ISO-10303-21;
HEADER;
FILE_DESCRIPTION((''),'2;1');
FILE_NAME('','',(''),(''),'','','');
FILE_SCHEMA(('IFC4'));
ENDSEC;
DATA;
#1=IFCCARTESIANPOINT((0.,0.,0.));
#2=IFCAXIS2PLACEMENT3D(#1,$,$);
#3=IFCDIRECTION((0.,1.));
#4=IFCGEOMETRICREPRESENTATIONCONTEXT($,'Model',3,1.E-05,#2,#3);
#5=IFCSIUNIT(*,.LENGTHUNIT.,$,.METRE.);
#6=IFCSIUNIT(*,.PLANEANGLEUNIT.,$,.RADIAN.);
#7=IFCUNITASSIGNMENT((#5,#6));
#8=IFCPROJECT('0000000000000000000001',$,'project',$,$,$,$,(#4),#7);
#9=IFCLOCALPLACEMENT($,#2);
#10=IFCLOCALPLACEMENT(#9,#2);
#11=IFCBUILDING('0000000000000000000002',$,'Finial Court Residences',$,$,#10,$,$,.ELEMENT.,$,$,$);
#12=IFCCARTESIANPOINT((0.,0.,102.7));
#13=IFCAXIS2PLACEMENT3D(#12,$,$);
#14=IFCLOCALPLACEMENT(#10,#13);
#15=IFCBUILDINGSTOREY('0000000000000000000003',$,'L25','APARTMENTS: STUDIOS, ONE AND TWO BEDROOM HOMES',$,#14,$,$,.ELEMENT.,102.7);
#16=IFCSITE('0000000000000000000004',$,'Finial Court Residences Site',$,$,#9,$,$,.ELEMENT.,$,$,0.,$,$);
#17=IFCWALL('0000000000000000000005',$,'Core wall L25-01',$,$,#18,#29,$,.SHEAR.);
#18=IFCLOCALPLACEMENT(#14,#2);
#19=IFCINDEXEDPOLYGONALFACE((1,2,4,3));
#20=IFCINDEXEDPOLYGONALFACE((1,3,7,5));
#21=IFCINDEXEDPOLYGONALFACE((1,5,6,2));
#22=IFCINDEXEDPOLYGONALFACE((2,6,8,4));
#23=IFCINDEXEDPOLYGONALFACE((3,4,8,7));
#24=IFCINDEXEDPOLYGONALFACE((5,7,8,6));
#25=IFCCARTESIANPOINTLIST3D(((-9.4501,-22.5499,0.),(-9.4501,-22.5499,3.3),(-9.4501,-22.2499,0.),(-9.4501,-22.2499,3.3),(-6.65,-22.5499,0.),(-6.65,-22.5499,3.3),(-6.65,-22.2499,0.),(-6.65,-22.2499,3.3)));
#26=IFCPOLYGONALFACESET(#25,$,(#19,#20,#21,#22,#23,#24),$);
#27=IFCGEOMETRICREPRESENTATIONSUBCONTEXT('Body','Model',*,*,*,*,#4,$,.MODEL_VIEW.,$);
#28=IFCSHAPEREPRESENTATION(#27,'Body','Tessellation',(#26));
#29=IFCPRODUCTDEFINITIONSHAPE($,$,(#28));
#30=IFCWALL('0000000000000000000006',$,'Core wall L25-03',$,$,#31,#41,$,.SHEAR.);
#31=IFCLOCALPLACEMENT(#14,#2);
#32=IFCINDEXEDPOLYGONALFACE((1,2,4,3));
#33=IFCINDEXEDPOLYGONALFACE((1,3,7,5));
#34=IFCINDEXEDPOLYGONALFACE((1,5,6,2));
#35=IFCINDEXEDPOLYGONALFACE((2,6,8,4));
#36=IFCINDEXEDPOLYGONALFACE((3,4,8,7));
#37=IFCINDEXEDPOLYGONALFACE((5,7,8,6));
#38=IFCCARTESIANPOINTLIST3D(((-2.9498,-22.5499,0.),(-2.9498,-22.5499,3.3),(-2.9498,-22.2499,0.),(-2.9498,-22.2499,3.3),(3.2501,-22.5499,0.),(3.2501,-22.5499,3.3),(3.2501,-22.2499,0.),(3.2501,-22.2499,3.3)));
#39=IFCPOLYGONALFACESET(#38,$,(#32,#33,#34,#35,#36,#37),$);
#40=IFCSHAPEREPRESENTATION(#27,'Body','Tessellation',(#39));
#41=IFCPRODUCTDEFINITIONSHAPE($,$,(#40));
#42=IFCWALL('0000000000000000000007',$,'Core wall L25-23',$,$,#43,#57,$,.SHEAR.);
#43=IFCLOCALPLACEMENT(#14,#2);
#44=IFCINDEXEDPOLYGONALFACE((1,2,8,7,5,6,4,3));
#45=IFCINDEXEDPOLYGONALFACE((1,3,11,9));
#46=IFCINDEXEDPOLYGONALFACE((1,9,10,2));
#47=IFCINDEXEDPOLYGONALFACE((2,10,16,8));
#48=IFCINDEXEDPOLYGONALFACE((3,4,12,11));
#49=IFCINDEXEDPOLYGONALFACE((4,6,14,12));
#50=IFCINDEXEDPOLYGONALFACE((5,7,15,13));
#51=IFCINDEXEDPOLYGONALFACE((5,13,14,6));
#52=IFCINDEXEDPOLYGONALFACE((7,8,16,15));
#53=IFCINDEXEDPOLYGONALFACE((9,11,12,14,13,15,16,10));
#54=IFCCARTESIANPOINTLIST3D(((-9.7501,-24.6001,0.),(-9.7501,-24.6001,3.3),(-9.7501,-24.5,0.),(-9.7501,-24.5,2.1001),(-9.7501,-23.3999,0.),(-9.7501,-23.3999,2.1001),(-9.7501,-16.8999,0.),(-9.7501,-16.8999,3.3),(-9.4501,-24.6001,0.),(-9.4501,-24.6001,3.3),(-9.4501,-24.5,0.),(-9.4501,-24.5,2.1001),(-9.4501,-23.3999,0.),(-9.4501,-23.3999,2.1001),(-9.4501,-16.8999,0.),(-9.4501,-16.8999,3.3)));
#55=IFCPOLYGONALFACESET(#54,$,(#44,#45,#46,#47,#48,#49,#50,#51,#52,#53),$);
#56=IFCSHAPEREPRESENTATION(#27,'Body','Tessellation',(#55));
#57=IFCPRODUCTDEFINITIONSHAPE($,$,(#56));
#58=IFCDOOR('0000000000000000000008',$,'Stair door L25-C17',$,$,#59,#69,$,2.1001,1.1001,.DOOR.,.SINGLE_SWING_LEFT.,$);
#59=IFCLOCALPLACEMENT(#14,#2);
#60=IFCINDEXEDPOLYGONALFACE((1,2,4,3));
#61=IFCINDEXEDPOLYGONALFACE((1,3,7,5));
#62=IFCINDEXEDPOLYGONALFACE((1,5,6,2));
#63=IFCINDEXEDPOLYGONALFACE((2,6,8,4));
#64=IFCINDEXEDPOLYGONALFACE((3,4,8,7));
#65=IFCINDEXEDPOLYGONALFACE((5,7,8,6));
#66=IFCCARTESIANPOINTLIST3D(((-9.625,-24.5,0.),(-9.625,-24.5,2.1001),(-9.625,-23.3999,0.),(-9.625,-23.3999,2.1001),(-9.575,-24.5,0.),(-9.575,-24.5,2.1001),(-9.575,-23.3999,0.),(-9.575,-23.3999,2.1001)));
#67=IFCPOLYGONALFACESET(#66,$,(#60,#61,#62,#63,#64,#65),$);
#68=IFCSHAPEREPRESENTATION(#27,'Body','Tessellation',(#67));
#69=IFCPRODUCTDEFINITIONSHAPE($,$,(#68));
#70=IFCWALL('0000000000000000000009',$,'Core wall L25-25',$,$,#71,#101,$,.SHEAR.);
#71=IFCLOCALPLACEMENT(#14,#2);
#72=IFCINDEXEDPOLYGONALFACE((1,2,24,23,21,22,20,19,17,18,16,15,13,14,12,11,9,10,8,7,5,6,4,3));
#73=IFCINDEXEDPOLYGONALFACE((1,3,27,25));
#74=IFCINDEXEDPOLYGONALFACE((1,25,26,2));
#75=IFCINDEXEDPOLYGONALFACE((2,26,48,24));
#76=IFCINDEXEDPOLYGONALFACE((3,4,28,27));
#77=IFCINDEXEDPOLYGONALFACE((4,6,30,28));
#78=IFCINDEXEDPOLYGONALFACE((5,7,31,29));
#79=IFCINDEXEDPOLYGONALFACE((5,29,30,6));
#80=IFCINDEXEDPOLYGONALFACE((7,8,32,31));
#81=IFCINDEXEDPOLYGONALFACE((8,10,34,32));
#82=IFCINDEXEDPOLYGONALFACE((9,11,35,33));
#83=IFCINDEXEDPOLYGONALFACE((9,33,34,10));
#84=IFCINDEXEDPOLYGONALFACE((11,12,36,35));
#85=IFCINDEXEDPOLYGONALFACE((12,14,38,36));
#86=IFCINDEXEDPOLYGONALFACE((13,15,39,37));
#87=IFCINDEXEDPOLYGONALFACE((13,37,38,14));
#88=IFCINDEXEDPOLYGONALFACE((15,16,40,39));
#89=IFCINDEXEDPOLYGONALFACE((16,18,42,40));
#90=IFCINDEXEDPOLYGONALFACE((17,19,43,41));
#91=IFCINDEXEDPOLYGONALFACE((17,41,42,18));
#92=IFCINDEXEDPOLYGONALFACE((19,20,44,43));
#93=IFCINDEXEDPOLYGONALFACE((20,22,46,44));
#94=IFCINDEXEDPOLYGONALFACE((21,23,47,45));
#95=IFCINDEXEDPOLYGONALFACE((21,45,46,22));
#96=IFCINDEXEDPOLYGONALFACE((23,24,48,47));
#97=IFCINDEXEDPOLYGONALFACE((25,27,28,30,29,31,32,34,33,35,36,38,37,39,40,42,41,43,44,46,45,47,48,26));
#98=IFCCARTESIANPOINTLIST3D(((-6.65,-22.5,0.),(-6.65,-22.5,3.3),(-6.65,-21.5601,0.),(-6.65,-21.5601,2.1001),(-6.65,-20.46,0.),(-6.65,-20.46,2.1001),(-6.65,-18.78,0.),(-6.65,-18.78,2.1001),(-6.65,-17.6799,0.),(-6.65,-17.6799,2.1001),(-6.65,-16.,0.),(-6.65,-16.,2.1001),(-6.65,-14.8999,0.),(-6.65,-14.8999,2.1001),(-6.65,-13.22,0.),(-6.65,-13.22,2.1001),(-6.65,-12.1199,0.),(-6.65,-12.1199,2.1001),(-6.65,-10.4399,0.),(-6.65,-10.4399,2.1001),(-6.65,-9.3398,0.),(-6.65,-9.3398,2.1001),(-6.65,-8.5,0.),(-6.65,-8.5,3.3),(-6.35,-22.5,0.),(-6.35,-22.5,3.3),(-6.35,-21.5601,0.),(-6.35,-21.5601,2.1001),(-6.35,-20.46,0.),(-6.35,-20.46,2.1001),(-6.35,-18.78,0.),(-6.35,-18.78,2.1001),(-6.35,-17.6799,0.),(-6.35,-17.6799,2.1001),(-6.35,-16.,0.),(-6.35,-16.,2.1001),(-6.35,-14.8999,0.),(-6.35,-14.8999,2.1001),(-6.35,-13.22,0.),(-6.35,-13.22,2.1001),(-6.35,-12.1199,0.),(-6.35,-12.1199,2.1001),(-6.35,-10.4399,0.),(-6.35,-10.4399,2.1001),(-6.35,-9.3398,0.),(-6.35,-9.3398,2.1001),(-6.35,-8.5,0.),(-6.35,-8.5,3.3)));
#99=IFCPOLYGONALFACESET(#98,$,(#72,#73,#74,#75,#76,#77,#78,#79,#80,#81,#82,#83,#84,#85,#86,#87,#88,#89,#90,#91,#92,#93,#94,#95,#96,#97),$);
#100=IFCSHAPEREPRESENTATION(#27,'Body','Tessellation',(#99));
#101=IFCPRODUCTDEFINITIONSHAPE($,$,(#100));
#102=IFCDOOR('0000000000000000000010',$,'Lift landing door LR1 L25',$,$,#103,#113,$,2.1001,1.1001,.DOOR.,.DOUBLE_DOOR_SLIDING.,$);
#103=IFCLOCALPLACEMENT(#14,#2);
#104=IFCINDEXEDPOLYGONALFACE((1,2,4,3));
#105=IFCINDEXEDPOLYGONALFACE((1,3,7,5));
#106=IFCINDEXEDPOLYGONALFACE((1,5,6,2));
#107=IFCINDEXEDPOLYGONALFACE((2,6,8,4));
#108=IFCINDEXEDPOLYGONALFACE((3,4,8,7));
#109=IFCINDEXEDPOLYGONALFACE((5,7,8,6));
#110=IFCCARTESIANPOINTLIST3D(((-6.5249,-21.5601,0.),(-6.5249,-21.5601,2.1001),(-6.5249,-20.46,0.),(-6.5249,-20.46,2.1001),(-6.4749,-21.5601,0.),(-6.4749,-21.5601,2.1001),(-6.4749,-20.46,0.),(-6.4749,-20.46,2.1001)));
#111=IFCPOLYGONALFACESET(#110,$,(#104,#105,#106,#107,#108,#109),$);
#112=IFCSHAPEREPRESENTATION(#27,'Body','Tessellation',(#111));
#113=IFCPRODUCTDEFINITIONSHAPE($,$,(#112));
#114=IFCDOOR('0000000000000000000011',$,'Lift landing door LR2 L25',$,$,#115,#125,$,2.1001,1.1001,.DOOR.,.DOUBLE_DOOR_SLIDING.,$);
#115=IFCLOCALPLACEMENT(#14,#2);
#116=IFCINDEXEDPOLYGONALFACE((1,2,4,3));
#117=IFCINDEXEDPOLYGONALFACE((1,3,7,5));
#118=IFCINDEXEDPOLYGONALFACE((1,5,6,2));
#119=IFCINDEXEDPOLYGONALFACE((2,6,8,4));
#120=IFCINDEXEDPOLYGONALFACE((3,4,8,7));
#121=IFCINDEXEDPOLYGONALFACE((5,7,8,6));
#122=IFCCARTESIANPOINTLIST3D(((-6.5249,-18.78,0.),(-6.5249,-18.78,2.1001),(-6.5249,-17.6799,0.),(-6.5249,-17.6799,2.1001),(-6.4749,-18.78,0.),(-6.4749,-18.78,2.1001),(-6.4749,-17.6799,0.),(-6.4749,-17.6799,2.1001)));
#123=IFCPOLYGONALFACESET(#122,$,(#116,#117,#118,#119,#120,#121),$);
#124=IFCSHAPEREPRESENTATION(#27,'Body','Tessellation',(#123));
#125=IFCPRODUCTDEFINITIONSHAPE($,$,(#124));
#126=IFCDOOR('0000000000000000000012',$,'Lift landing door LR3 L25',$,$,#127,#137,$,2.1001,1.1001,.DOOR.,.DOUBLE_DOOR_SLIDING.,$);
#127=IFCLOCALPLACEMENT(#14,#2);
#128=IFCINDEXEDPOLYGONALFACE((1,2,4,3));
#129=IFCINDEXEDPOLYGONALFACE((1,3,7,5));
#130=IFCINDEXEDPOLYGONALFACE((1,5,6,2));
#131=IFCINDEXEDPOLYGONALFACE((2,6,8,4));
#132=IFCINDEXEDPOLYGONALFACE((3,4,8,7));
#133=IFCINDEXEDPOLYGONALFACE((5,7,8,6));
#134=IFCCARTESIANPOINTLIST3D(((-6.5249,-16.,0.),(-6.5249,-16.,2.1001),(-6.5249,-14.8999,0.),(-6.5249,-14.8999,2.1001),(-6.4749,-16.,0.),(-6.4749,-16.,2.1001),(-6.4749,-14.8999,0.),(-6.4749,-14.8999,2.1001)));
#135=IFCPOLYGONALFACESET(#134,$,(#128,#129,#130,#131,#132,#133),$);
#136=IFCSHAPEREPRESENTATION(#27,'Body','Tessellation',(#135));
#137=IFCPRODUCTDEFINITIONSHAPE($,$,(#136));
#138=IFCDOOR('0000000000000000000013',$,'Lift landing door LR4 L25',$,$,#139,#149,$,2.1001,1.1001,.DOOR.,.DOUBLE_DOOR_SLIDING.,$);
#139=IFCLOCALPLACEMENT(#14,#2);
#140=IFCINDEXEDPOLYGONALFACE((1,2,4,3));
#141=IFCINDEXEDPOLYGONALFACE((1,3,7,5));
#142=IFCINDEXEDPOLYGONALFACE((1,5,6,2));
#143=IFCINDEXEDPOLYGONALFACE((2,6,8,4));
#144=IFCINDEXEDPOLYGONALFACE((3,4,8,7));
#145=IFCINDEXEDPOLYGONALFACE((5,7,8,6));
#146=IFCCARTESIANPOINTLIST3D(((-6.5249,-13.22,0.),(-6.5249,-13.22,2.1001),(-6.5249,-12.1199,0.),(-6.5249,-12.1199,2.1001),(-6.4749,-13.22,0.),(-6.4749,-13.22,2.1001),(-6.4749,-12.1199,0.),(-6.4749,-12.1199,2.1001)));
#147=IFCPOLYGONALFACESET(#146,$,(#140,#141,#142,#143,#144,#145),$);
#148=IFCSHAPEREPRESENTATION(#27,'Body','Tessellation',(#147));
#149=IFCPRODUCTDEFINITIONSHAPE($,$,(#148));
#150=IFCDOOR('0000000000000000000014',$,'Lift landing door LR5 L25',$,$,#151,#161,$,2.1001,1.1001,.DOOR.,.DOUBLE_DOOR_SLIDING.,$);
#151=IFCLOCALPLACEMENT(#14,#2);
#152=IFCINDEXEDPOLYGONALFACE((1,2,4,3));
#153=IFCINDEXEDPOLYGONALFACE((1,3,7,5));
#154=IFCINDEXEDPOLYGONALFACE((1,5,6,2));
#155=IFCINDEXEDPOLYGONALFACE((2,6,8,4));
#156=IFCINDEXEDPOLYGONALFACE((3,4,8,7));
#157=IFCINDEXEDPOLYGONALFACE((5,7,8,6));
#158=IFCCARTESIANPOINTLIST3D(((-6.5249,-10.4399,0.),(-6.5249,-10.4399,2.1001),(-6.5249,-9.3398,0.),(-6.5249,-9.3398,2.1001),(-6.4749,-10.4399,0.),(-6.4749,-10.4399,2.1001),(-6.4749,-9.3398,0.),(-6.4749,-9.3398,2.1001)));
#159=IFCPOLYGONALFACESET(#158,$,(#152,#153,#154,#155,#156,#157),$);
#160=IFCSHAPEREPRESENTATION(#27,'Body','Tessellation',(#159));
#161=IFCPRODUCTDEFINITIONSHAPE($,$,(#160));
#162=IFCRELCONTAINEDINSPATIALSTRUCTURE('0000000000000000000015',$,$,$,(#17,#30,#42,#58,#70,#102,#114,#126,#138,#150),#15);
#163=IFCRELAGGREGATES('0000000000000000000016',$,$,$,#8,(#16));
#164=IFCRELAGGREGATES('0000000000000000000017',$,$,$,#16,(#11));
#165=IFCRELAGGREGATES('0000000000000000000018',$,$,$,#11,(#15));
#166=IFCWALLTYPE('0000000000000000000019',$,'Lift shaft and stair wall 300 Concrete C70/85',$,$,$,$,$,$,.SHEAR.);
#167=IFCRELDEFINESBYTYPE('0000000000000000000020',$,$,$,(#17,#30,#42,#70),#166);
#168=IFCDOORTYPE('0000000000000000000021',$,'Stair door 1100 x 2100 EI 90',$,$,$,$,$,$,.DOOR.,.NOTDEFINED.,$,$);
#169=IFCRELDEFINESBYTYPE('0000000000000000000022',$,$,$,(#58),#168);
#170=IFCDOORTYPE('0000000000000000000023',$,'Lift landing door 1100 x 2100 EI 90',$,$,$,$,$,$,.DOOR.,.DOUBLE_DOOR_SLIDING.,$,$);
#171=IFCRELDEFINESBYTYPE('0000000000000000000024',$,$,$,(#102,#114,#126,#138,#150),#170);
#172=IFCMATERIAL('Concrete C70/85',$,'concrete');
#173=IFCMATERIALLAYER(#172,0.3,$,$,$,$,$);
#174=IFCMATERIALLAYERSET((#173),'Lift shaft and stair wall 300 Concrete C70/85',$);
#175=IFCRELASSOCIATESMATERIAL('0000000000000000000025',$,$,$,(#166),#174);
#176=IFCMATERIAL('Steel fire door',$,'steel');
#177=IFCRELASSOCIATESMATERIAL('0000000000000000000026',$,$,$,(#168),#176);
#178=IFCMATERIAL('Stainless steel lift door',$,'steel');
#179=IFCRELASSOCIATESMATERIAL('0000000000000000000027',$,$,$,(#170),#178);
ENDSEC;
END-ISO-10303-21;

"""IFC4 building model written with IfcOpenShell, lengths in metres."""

from ifc_helpers import new_model, si_unit, direction, frame, frame_2d, origin, place, context, subcontext, project, spatial, rectangle, extrude, material, layer, layer_set, type_object, element, fill, save


model = new_model("IFC4")

# Units and contexts
model_context = context("Model", 3, precision=1e-05, world=origin(), true_north=direction((0.0, 1.0)))
body_context = subcontext(model_context, "Body", "Model", "MODEL_VIEW")
ifc_project = project(units=[si_unit("LENGTHUNIT", "METRE"), si_unit("PLANEANGLEUNIT", "RADIAN")], contexts=[model_context])

# Site, building, storey
site_placement = place(None, origin())
site = spatial("IfcSite", under=ifc_project, at=site_placement, Name="Finial Court Residences Site", CompositionType="ELEMENT", RefElevation=0.0)
building_placement = place(site_placement, origin())
building = spatial("IfcBuilding", under=site, at=building_placement, Name="Finial Court Residences", CompositionType="ELEMENT")
storey_placement = place(building_placement, frame((0.0, 0.0, 102.7)))
storey = spatial("IfcBuildingStorey", under=building, at=storey_placement, Name="L25", Description="APARTMENTS: STUDIOS, ONE AND TWO BEDROOM HOMES", CompositionType="ELEMENT", Elevation=102.7)

# Walls
ifc_material_1 = material(Name="Concrete C70/85", Category="concrete")
ifc_layer_1 = layer(ifc_material_1, 0.3)
ifc_layer_set_1 = layer_set([ifc_layer_1], Name="Lift shaft and stair wall 300 Concrete C70/85")
wall_type_1 = type_object("IfcWallType", Name="Lift shaft and stair wall 300 Concrete C70/85", PredefinedType="SHEAR", material=ifc_layer_set_1)
wall_1_placement = place(storey_placement, frame((-9.45, -22.3999, 0.0), z_axis=(0.0, 0.0, 1.0), x_axis=(1.0, 0.0, 0.0)))
element("IfcWall", 1, at=wall_1_placement, inside=storey, type_object=wall_type_1, Name="Core wall L25-01", PredefinedType="SHEAR", context=body_context, shape_type="SweptSolid", body=[
    extrude(rectangle(XDim=2.8, YDim=0.3, at=frame_2d((1.3999, 0.0))), origin(), (0.0, 0.0, 1.0), 3.3),
])
wall_2_placement = place(storey_placement, frame((-2.95, -22.3999, 0.0), z_axis=(0.0, 0.0, 1.0), x_axis=(1.0, 0.0, 0.0)))
element("IfcWall", 2, at=wall_2_placement, inside=storey, type_object=wall_type_1, Name="Core wall L25-03", PredefinedType="SHEAR", context=body_context, shape_type="SweptSolid", body=[
    extrude(rectangle(XDim=6.2, YDim=0.3, at=frame_2d((3.1001, 0.0))), origin(), (0.0, 0.0, 1.0), 3.3),
])

# Wall, opening, door
wall_3_placement = place(storey_placement, frame((-9.6001, -24.6001, 0.0), z_axis=(0.0, 0.0, 1.0), x_axis=(0.0, 1.0, 0.0)))
wall_3 = element("IfcWall", 3, at=wall_3_placement, inside=storey, type_object=wall_type_1, Name="Core wall L25-23", PredefinedType="SHEAR", context=body_context, shape_type="SweptSolid", body=[
    extrude(rectangle(XDim=7.7002, YDim=0.3, at=frame_2d((3.8501, 0.0))), origin(), (0.0, 0.0, 1.0), 3.3),
])
opening_1_placement = place(wall_3_placement, frame((0.1001, 0.0, 0.0)))
opening_1 = element("IfcOpeningElement", 4, at=opening_1_placement, cuts=wall_3, PredefinedType="OPENING", context=body_context, shape_type="SweptSolid", body=[
    extrude(rectangle(XDim=1.1001, YDim=2.1001, at=frame_2d((0.55, 1.05))), frame((0.0, 0.1599, 0.0), z_axis=(0.0, -1.0, 0.0), x_axis=(1.0, 0.0, 0.0)), (0.0, 0.0, 1.0), 0.3201),
])
ifc_material_2 = material(Name="Steel fire door", Category="steel")
door_type_1 = type_object("IfcDoorType", Name="Stair door 1100 x 2100 EI 90", OperationType="NOTDEFINED", PredefinedType="DOOR", material=ifc_material_2)
door_1_placement = place(opening_1_placement, origin())
door_1 = element("IfcDoor", 5, at=door_1_placement, inside=storey, type_object=door_type_1, Name="Stair door L25-C17", OperationType="SINGLE_SWING_LEFT", OverallHeight=2.1001, OverallWidth=1.1001, PredefinedType="DOOR", context=body_context, shape_type="SweptSolid", body=[
    extrude(rectangle(XDim=1.1001, YDim=2.1001, at=frame_2d((0.55, 1.05))), frame((0.0, 0.0249, 0.0), z_axis=(0.0, -1.0, 0.0), x_axis=(1.0, 0.0, 0.0)), (0.0, 0.0, 1.0), 0.05),
])
fill(opening_1, door_1)

# Wall, openings, doors
wall_4_placement = place(storey_placement, frame((-6.5, -22.5, 0.0), z_axis=(0.0, 0.0, 1.0), x_axis=(0.0, 1.0, 0.0)))
wall_4 = element("IfcWall", 6, at=wall_4_placement, inside=storey, type_object=wall_type_1, Name="Core wall L25-25", PredefinedType="SHEAR", context=body_context, shape_type="SweptSolid", body=[
    extrude(rectangle(XDim=14.0, YDim=0.3, at=frame_2d((7.0, 0.0))), origin(), (0.0, 0.0, 1.0), 3.3),
])
opening_2_placement = place(wall_4_placement, frame((0.9399, 0.0, 0.0)))
opening_2 = element("IfcOpeningElement", 7, at=opening_2_placement, cuts=wall_4, PredefinedType="OPENING", context=body_context, shape_type="SweptSolid", body=[
    extrude(rectangle(XDim=1.1001, YDim=2.1001, at=frame_2d((0.55, 1.05))), frame((0.0, 0.1599, 0.0), z_axis=(0.0, -1.0, 0.0), x_axis=(1.0, 0.0, 0.0)), (0.0, 0.0, 1.0), 0.3201),
])
opening_3_placement = place(wall_4_placement, frame((3.72, 0.0, 0.0)))
opening_3 = element("IfcOpeningElement", 8, at=opening_3_placement, cuts=wall_4, PredefinedType="OPENING", context=body_context, shape_type="SweptSolid", body=[
    extrude(rectangle(XDim=1.1001, YDim=2.1001, at=frame_2d((0.55, 1.05))), frame((0.0, 0.1599, 0.0), z_axis=(0.0, -1.0, 0.0), x_axis=(1.0, 0.0, 0.0)), (0.0, 0.0, 1.0), 0.3201),
])
opening_4_placement = place(wall_4_placement, frame((6.5, 0.0, 0.0)))
opening_4 = element("IfcOpeningElement", 9, at=opening_4_placement, cuts=wall_4, PredefinedType="OPENING", context=body_context, shape_type="SweptSolid", body=[
    extrude(rectangle(XDim=1.1001, YDim=2.1001, at=frame_2d((0.55, 1.05))), frame((0.0, 0.1599, 0.0), z_axis=(0.0, -1.0, 0.0), x_axis=(1.0, 0.0, 0.0)), (0.0, 0.0, 1.0), 0.3201),
])
opening_5_placement = place(wall_4_placement, frame((9.28, 0.0, 0.0)))
opening_5 = element("IfcOpeningElement", 10, at=opening_5_placement, cuts=wall_4, PredefinedType="OPENING", context=body_context, shape_type="SweptSolid", body=[
    extrude(rectangle(XDim=1.1001, YDim=2.1001, at=frame_2d((0.55, 1.05))), frame((0.0, 0.1599, 0.0), z_axis=(0.0, -1.0, 0.0), x_axis=(1.0, 0.0, 0.0)), (0.0, 0.0, 1.0), 0.3201),
])
opening_6_placement = place(wall_4_placement, frame((12.0601, 0.0, 0.0)))
opening_6 = element("IfcOpeningElement", 11, at=opening_6_placement, cuts=wall_4, PredefinedType="OPENING", context=body_context, shape_type="SweptSolid", body=[
    extrude(rectangle(XDim=1.1001, YDim=2.1001, at=frame_2d((0.55, 1.05))), frame((0.0, 0.1599, 0.0), z_axis=(0.0, -1.0, 0.0), x_axis=(1.0, 0.0, 0.0)), (0.0, 0.0, 1.0), 0.3201),
])
ifc_material_3 = material(Name="Stainless steel lift door", Category="steel")
door_type_2 = type_object("IfcDoorType", Name="Lift landing door 1100 x 2100 EI 90", OperationType="DOUBLE_DOOR_SLIDING", PredefinedType="DOOR", material=ifc_material_3)
door_2_placement = place(opening_2_placement, origin())
door_2 = element("IfcDoor", 12, at=door_2_placement, inside=storey, type_object=door_type_2, Name="Lift landing door LR1 L25", OperationType="DOUBLE_DOOR_SLIDING", OverallHeight=2.1001, OverallWidth=1.1001, PredefinedType="DOOR", context=body_context, shape_type="SweptSolid", body=[
    extrude(rectangle(XDim=1.1001, YDim=2.1001, at=frame_2d((0.55, 1.05))), frame((0.0, 0.0249, 0.0), z_axis=(0.0, -1.0, 0.0), x_axis=(1.0, 0.0, 0.0)), (0.0, 0.0, 1.0), 0.05),
])
fill(opening_2, door_2)
door_3_placement = place(opening_3_placement, origin())
door_3 = element("IfcDoor", 13, at=door_3_placement, inside=storey, type_object=door_type_2, Name="Lift landing door LR2 L25", OperationType="DOUBLE_DOOR_SLIDING", OverallHeight=2.1001, OverallWidth=1.1001, PredefinedType="DOOR", context=body_context, shape_type="SweptSolid", body=[
    extrude(rectangle(XDim=1.1001, YDim=2.1001, at=frame_2d((0.55, 1.05))), frame((0.0, 0.0249, 0.0), z_axis=(0.0, -1.0, 0.0), x_axis=(1.0, 0.0, 0.0)), (0.0, 0.0, 1.0), 0.05),
])
fill(opening_3, door_3)
door_4_placement = place(opening_4_placement, origin())
door_4 = element("IfcDoor", 14, at=door_4_placement, inside=storey, type_object=door_type_2, Name="Lift landing door LR3 L25", OperationType="DOUBLE_DOOR_SLIDING", OverallHeight=2.1001, OverallWidth=1.1001, PredefinedType="DOOR", context=body_context, shape_type="SweptSolid", body=[
    extrude(rectangle(XDim=1.1001, YDim=2.1001, at=frame_2d((0.55, 1.05))), frame((0.0, 0.0249, 0.0), z_axis=(0.0, -1.0, 0.0), x_axis=(1.0, 0.0, 0.0)), (0.0, 0.0, 1.0), 0.05),
])
fill(opening_4, door_4)
door_5_placement = place(opening_5_placement, origin())
door_5 = element("IfcDoor", 15, at=door_5_placement, inside=storey, type_object=door_type_2, Name="Lift landing door LR4 L25", OperationType="DOUBLE_DOOR_SLIDING", OverallHeight=2.1001, OverallWidth=1.1001, PredefinedType="DOOR", context=body_context, shape_type="SweptSolid", body=[
    extrude(rectangle(XDim=1.1001, YDim=2.1001, at=frame_2d((0.55, 1.05))), frame((0.0, 0.0249, 0.0), z_axis=(0.0, -1.0, 0.0), x_axis=(1.0, 0.0, 0.0)), (0.0, 0.0, 1.0), 0.05),
])
fill(opening_5, door_5)
door_6_placement = place(opening_6_placement, origin())
door_6 = element("IfcDoor", 16, at=door_6_placement, inside=storey, type_object=door_type_2, Name="Lift landing door LR5 L25", OperationType="DOUBLE_DOOR_SLIDING", OverallHeight=2.1001, OverallWidth=1.1001, PredefinedType="DOOR", context=body_context, shape_type="SweptSolid", body=[
    extrude(rectangle(XDim=1.1001, YDim=2.1001, at=frame_2d((0.55, 1.05))), frame((0.0, 0.0249, 0.0), z_axis=(0.0, -1.0, 0.0), x_axis=(1.0, 0.0, 0.0)), (0.0, 0.0, 1.0), 0.05),
])
fill(opening_6, door_6)

save(model, "model.ifc")
